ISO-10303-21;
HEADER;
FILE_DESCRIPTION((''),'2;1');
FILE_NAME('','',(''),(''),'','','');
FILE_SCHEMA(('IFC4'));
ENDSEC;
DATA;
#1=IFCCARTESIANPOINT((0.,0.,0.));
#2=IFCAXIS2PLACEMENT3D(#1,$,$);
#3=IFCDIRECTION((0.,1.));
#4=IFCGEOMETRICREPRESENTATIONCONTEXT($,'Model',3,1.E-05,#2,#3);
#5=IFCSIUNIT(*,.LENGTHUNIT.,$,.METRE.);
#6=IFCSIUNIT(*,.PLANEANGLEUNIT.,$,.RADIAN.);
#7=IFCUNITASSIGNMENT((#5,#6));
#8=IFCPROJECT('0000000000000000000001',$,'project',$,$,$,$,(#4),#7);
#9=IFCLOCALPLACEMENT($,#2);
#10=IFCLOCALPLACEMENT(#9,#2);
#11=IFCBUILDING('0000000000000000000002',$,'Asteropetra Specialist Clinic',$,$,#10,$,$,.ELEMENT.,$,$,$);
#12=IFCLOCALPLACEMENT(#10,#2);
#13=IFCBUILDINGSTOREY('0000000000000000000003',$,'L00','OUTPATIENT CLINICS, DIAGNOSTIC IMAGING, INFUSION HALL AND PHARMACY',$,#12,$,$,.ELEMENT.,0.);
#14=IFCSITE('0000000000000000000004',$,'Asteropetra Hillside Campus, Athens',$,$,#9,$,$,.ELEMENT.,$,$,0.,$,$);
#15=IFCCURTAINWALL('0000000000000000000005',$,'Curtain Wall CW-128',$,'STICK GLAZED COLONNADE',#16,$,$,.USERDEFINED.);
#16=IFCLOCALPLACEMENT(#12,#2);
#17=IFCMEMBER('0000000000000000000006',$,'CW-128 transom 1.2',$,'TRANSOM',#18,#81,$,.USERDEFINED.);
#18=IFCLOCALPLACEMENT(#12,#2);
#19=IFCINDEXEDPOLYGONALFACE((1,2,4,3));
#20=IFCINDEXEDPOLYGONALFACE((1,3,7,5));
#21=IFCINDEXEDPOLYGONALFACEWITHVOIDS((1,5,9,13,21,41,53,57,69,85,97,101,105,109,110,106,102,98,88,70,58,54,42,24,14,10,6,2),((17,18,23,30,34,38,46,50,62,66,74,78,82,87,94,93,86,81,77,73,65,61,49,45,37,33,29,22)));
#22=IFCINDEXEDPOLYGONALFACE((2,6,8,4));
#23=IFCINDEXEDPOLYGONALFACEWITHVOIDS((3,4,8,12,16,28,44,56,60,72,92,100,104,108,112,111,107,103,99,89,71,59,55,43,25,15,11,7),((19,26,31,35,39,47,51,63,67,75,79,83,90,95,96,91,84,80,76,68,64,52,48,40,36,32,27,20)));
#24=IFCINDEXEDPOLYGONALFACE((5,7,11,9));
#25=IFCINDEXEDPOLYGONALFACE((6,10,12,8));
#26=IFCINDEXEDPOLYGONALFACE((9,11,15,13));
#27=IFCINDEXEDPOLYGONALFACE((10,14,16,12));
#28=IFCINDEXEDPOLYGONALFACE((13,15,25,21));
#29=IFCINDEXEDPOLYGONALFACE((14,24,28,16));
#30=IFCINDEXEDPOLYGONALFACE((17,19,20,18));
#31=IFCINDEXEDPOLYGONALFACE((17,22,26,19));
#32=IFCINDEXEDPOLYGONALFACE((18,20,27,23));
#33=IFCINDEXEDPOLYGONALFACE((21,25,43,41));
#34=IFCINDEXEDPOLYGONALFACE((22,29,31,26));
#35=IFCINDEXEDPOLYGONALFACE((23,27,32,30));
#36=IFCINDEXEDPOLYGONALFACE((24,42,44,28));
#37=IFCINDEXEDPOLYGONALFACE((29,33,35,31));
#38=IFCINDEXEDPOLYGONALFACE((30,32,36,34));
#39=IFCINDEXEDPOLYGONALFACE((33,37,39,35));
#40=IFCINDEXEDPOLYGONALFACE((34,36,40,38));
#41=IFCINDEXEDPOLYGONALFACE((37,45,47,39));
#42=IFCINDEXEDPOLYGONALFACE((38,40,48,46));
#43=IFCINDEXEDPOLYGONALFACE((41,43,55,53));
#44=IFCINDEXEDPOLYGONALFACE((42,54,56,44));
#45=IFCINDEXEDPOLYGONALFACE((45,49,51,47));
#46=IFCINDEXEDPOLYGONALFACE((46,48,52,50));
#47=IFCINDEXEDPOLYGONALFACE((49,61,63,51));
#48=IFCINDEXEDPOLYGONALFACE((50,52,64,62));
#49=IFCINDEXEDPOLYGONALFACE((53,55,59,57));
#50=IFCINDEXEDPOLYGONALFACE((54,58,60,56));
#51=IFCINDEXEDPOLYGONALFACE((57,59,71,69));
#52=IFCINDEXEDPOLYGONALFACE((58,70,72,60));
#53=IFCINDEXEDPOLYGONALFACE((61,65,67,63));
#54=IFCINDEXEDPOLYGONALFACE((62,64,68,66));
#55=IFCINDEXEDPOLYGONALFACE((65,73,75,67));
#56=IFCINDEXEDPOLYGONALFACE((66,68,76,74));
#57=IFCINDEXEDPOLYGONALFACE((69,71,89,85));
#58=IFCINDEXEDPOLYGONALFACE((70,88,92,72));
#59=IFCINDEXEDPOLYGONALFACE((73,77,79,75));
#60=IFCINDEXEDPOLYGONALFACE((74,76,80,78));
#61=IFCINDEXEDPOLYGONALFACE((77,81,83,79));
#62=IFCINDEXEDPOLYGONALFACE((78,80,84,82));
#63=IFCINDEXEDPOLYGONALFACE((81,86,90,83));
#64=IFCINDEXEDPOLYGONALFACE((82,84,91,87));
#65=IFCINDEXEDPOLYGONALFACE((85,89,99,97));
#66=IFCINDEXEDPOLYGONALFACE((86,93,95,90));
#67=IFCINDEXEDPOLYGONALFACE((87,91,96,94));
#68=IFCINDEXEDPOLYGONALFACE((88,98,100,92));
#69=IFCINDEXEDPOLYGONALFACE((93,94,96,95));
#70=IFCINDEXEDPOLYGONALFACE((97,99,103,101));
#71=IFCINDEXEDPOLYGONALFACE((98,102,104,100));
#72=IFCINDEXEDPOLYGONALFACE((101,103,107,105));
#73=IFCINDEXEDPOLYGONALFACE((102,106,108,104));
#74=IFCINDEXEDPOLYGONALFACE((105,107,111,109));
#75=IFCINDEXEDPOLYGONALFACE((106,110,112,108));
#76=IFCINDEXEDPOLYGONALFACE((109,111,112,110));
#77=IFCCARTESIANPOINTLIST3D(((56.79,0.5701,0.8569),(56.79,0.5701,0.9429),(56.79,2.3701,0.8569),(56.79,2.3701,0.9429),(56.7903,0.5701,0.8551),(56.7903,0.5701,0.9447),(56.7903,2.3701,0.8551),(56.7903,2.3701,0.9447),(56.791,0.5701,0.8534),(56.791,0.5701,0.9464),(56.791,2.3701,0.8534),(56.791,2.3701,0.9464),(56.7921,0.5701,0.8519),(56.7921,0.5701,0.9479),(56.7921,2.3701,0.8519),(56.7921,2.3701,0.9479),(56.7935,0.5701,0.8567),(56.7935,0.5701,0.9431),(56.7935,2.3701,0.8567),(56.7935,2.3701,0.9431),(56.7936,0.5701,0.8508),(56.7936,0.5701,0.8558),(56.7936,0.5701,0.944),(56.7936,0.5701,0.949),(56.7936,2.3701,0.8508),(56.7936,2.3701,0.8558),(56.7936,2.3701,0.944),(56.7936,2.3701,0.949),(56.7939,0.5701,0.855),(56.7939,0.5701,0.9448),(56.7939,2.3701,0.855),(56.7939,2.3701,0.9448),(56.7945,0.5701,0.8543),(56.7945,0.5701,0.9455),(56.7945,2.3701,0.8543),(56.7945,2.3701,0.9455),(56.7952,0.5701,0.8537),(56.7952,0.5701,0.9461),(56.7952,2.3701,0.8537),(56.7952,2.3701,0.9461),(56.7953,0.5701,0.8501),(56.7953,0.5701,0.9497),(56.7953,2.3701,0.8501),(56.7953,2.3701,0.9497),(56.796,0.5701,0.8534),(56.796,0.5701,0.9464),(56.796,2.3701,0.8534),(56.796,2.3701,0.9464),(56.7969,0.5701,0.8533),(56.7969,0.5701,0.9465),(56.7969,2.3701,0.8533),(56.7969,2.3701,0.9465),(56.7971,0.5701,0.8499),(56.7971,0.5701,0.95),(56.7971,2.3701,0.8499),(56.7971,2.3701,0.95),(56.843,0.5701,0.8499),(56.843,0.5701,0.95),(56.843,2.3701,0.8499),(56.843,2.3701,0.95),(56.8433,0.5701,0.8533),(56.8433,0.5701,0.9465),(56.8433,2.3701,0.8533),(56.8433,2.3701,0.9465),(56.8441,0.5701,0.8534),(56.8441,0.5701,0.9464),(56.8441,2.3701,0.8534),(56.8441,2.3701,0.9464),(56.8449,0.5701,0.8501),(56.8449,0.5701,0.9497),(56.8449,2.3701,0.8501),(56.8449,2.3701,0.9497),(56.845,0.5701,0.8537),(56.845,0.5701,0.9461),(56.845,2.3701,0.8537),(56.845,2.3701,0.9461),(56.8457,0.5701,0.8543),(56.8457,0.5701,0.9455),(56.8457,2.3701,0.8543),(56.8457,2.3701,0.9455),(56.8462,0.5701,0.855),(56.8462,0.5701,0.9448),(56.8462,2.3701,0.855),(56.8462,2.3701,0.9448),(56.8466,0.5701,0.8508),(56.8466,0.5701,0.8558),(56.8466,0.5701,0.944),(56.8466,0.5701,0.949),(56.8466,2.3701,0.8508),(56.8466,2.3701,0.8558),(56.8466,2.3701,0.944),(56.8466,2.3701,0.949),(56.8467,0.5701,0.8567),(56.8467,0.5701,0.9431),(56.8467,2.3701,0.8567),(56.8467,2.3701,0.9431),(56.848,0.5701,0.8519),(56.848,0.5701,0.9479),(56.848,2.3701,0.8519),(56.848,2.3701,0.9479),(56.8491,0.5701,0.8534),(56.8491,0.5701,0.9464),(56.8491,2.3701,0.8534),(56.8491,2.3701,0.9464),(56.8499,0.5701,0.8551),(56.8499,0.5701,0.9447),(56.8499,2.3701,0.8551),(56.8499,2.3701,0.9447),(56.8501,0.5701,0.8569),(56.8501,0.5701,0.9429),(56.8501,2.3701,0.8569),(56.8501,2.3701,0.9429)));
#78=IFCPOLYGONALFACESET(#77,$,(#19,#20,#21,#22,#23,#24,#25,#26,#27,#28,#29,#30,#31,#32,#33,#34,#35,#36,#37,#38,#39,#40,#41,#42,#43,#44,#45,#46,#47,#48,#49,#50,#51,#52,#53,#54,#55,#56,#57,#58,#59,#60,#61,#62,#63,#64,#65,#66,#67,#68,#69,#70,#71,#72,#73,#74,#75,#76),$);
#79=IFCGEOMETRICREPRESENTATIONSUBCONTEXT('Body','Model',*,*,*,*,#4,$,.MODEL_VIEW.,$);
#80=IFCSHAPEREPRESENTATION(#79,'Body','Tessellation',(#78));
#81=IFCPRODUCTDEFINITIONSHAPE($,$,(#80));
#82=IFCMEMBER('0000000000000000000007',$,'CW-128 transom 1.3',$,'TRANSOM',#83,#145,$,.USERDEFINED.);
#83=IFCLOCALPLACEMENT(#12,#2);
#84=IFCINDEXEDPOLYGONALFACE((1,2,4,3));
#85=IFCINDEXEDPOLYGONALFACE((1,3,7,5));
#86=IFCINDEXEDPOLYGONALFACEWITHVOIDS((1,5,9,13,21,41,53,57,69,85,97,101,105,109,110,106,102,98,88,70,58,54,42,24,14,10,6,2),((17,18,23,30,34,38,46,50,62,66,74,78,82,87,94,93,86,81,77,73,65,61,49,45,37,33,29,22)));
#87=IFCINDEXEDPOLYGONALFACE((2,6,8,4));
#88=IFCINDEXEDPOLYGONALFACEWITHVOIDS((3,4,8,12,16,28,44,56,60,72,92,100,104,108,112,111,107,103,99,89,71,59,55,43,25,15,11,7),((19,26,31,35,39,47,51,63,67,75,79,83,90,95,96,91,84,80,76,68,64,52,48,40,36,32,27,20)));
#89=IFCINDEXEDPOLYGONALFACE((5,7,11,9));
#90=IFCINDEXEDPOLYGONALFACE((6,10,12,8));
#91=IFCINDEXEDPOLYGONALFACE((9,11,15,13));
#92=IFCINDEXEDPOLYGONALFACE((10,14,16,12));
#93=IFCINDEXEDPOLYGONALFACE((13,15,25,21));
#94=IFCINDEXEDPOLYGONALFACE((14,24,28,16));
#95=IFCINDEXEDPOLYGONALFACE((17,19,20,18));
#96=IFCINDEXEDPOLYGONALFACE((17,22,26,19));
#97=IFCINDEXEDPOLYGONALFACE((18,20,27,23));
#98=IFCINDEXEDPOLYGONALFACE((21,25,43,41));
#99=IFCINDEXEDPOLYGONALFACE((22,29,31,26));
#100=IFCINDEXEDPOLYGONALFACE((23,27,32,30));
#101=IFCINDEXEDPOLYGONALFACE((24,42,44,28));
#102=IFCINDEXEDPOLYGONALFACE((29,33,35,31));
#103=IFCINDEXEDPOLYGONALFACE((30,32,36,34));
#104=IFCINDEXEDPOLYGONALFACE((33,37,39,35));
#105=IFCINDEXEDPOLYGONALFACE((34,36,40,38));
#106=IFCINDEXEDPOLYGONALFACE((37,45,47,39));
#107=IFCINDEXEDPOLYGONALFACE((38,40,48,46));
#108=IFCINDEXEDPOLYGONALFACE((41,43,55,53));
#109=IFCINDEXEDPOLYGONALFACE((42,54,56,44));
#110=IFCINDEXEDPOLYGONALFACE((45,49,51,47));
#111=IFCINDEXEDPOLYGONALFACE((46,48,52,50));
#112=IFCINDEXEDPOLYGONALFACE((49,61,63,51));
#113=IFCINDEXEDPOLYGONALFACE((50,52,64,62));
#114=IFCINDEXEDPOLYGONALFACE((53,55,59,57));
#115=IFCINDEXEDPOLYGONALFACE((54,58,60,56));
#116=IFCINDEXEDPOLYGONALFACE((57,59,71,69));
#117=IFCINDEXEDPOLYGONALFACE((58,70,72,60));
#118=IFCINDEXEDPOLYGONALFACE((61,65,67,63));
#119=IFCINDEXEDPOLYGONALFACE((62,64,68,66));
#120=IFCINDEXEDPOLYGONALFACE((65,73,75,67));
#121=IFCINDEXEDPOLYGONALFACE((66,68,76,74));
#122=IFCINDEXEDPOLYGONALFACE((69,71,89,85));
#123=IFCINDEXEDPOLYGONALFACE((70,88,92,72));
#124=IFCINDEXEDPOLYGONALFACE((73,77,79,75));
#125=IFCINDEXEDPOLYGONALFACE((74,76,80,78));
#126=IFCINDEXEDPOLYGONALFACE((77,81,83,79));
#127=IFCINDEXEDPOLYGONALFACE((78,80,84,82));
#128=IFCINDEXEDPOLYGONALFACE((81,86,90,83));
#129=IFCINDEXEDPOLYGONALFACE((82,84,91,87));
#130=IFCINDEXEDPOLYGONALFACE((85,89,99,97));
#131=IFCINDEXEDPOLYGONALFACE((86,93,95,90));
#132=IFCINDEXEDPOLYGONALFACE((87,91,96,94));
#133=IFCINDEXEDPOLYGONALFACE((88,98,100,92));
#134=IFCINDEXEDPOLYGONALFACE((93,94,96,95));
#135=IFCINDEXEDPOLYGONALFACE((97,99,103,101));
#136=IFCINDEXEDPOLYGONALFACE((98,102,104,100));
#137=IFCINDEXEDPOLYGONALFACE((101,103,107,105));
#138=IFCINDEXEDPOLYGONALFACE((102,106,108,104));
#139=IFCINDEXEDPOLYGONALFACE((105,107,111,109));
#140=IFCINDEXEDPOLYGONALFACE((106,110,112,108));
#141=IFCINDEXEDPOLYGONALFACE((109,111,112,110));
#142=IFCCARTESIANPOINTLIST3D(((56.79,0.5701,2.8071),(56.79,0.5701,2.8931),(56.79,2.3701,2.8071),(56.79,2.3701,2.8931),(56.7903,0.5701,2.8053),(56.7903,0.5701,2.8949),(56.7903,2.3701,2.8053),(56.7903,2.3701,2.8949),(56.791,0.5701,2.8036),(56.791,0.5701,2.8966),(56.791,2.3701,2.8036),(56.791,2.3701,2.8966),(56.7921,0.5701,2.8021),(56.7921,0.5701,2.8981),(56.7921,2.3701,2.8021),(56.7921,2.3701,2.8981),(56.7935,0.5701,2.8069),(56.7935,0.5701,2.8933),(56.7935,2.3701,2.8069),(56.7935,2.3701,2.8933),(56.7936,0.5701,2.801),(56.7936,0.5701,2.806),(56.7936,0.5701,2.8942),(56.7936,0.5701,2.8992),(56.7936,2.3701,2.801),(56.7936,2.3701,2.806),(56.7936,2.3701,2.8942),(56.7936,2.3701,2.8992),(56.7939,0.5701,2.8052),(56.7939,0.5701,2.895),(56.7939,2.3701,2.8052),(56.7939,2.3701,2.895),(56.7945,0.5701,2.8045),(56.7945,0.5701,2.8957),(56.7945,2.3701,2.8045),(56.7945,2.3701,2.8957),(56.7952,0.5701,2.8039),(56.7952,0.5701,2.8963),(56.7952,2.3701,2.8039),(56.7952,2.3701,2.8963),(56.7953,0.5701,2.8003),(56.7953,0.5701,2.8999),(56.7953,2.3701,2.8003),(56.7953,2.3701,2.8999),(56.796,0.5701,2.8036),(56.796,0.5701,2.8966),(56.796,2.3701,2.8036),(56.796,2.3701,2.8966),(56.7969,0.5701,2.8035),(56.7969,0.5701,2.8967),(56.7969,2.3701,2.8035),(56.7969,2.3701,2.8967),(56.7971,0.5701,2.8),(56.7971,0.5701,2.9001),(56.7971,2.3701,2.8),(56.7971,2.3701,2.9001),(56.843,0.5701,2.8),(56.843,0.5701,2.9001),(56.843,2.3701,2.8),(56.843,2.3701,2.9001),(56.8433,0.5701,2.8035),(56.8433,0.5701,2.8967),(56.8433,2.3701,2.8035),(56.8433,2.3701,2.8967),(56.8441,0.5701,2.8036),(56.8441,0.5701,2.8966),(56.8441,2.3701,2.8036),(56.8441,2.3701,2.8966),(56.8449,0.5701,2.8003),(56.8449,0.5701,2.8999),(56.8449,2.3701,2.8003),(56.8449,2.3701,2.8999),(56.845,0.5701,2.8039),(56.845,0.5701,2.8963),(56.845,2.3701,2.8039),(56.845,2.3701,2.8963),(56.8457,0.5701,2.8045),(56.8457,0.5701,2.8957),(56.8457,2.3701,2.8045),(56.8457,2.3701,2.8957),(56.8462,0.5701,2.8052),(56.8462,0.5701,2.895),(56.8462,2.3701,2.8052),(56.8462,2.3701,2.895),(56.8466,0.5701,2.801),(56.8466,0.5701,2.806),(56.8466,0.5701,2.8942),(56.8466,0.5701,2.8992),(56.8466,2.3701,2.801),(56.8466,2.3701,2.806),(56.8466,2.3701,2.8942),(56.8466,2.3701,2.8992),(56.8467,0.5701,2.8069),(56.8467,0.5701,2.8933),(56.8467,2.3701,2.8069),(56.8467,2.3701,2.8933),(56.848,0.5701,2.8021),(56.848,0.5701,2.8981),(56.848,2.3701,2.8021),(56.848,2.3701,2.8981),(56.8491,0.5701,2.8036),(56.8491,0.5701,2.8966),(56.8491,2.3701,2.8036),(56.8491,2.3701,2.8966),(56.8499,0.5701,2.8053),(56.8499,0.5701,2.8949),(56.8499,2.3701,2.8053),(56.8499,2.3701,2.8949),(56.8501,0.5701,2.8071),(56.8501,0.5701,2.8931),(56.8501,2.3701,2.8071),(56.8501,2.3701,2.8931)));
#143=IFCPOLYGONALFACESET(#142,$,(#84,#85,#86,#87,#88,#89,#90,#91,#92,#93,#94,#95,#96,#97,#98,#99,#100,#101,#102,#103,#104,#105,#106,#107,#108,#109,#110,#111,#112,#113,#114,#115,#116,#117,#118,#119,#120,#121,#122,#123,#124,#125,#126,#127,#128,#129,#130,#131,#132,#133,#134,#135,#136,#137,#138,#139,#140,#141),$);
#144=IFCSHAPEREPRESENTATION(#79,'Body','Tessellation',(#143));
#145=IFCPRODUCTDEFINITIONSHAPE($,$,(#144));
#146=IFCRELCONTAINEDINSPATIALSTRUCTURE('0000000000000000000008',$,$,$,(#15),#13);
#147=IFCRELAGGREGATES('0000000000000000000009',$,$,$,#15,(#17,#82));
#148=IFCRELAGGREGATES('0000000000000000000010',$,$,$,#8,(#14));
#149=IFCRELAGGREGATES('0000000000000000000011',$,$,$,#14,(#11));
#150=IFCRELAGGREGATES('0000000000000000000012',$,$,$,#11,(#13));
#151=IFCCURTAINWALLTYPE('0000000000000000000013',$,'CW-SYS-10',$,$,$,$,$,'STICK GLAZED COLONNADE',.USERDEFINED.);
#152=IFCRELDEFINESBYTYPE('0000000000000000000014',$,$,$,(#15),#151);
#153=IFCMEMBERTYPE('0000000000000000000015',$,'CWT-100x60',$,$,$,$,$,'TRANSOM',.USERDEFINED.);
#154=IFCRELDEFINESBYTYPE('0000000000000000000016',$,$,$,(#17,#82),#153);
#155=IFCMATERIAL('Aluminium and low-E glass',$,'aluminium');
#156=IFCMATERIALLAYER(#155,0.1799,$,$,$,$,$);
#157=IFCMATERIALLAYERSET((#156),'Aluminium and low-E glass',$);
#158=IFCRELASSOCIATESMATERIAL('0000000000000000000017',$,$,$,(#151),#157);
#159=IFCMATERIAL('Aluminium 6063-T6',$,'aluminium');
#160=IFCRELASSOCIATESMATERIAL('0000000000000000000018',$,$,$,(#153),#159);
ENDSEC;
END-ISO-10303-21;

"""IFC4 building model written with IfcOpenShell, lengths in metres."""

from ifc_helpers import new_model, si_unit, direction, frame, origin, origin_2d, place, context, subcontext, project, spatial, hollow_rectangle, extrude, material, layer, layer_set, material_profile, profile_set, type_object, element, aggregate, save


model = new_model("IFC4")

# Units and contexts
model_context = context("Model", 3, precision=1e-05, world=origin(), true_north=direction((0.0, 1.0)))
body_context = subcontext(model_context, "Body", "Model", "MODEL_VIEW")
ifc_project = project(units=[si_unit("LENGTHUNIT", "METRE"), si_unit("PLANEANGLEUNIT", "RADIAN")], contexts=[model_context])

# Site, building, storey
site_placement = place(None, origin())
site = spatial("IfcSite", under=ifc_project, at=site_placement, Name="Asteropetra Hillside Campus, Athens", CompositionType="ELEMENT", RefElevation=0.0)
building_placement = place(site_placement, origin())
building = spatial("IfcBuilding", under=site, at=building_placement, Name="Asteropetra Specialist Clinic", CompositionType="ELEMENT")
storey_placement = place(building_placement, origin())
storey = spatial("IfcBuildingStorey", under=building, at=storey_placement, Name="L00", Description="OUTPATIENT CLINICS, DIAGNOSTIC IMAGING, INFUSION HALL AND PHARMACY", CompositionType="ELEMENT", Elevation=0.0)

# Curtain wall
ifc_material_1 = material(Name="Aluminium and low-E glass", Category="aluminium")
ifc_layer_1 = layer(ifc_material_1, 0.1799)
ifc_layer_set_1 = layer_set([ifc_layer_1], Name="Aluminium and low-E glass")
curtain_wall_type = type_object("IfcCurtainWallType", Name="CW-SYS-10", ElementType="STICK GLAZED COLONNADE", PredefinedType="USERDEFINED", material=ifc_layer_set_1)
curtain_wall_1_placement = place(storey_placement, origin())
curtain_wall_1 = element("IfcCurtainWall", 1, at=curtain_wall_1_placement, inside=storey, type_object=curtain_wall_type, Name="Curtain Wall CW-128", ObjectType="STICK GLAZED COLONNADE", PredefinedType="USERDEFINED")

# Members
ifc_material_2 = material(Name="Aluminium 6063-T6", Category="aluminium")
ifc_material_profile_1 = material_profile(ifc_material_2, hollow_rectangle(XDim=0.0601, YDim=0.1001, WallThickness=0.0034, InnerFilletRadius=0.0034, OuterFilletRadius=0.0071, at=origin_2d()), Name="TRN 100x60x3.5")
ifc_profile_set_1 = profile_set([ifc_material_profile_1], Name="Aluminium 6063-T6")
member_type_1 = type_object("IfcMemberType", Name="CWT-100x60", ElementType="TRANSOM", PredefinedType="USERDEFINED", material=ifc_profile_set_1)
member_1_placement = place(storey_placement, frame((56.8201, 0.5701, 0.8999), z_axis=(0.0, 1.0, 0.0), x_axis=(-1.0, 0.0, 0.0)))
member_1 = element("IfcMember", 2, at=member_1_placement, type_object=member_type_1, Name="CW-128 transom 1.2", ObjectType="TRANSOM", PredefinedType="USERDEFINED", context=body_context, shape_type="SweptSolid", body=[
    extrude(hollow_rectangle(XDim=0.0601, YDim=0.1001, WallThickness=0.0034, InnerFilletRadius=0.0034, OuterFilletRadius=0.0071, at=origin_2d()), origin(), (0.0, 0.0, 1.0), 1.8),
])
member_2_placement = place(storey_placement, frame((56.8201, 0.5701, 2.8501), z_axis=(0.0, 1.0, 0.0), x_axis=(-1.0, 0.0, 0.0)))
member_2 = element("IfcMember", 3, at=member_2_placement, type_object=member_type_1, Name="CW-128 transom 1.3", ObjectType="TRANSOM", PredefinedType="USERDEFINED", context=body_context, shape_type="SweptSolid", body=[
    extrude(hollow_rectangle(XDim=0.0601, YDim=0.1001, WallThickness=0.0034, InnerFilletRadius=0.0034, OuterFilletRadius=0.0071, at=origin_2d()), origin(), (0.0, 0.0, 1.0), 1.8),
])

aggregate(curtain_wall_1, [member_1, member_2])

save(model, "model.ifc")
